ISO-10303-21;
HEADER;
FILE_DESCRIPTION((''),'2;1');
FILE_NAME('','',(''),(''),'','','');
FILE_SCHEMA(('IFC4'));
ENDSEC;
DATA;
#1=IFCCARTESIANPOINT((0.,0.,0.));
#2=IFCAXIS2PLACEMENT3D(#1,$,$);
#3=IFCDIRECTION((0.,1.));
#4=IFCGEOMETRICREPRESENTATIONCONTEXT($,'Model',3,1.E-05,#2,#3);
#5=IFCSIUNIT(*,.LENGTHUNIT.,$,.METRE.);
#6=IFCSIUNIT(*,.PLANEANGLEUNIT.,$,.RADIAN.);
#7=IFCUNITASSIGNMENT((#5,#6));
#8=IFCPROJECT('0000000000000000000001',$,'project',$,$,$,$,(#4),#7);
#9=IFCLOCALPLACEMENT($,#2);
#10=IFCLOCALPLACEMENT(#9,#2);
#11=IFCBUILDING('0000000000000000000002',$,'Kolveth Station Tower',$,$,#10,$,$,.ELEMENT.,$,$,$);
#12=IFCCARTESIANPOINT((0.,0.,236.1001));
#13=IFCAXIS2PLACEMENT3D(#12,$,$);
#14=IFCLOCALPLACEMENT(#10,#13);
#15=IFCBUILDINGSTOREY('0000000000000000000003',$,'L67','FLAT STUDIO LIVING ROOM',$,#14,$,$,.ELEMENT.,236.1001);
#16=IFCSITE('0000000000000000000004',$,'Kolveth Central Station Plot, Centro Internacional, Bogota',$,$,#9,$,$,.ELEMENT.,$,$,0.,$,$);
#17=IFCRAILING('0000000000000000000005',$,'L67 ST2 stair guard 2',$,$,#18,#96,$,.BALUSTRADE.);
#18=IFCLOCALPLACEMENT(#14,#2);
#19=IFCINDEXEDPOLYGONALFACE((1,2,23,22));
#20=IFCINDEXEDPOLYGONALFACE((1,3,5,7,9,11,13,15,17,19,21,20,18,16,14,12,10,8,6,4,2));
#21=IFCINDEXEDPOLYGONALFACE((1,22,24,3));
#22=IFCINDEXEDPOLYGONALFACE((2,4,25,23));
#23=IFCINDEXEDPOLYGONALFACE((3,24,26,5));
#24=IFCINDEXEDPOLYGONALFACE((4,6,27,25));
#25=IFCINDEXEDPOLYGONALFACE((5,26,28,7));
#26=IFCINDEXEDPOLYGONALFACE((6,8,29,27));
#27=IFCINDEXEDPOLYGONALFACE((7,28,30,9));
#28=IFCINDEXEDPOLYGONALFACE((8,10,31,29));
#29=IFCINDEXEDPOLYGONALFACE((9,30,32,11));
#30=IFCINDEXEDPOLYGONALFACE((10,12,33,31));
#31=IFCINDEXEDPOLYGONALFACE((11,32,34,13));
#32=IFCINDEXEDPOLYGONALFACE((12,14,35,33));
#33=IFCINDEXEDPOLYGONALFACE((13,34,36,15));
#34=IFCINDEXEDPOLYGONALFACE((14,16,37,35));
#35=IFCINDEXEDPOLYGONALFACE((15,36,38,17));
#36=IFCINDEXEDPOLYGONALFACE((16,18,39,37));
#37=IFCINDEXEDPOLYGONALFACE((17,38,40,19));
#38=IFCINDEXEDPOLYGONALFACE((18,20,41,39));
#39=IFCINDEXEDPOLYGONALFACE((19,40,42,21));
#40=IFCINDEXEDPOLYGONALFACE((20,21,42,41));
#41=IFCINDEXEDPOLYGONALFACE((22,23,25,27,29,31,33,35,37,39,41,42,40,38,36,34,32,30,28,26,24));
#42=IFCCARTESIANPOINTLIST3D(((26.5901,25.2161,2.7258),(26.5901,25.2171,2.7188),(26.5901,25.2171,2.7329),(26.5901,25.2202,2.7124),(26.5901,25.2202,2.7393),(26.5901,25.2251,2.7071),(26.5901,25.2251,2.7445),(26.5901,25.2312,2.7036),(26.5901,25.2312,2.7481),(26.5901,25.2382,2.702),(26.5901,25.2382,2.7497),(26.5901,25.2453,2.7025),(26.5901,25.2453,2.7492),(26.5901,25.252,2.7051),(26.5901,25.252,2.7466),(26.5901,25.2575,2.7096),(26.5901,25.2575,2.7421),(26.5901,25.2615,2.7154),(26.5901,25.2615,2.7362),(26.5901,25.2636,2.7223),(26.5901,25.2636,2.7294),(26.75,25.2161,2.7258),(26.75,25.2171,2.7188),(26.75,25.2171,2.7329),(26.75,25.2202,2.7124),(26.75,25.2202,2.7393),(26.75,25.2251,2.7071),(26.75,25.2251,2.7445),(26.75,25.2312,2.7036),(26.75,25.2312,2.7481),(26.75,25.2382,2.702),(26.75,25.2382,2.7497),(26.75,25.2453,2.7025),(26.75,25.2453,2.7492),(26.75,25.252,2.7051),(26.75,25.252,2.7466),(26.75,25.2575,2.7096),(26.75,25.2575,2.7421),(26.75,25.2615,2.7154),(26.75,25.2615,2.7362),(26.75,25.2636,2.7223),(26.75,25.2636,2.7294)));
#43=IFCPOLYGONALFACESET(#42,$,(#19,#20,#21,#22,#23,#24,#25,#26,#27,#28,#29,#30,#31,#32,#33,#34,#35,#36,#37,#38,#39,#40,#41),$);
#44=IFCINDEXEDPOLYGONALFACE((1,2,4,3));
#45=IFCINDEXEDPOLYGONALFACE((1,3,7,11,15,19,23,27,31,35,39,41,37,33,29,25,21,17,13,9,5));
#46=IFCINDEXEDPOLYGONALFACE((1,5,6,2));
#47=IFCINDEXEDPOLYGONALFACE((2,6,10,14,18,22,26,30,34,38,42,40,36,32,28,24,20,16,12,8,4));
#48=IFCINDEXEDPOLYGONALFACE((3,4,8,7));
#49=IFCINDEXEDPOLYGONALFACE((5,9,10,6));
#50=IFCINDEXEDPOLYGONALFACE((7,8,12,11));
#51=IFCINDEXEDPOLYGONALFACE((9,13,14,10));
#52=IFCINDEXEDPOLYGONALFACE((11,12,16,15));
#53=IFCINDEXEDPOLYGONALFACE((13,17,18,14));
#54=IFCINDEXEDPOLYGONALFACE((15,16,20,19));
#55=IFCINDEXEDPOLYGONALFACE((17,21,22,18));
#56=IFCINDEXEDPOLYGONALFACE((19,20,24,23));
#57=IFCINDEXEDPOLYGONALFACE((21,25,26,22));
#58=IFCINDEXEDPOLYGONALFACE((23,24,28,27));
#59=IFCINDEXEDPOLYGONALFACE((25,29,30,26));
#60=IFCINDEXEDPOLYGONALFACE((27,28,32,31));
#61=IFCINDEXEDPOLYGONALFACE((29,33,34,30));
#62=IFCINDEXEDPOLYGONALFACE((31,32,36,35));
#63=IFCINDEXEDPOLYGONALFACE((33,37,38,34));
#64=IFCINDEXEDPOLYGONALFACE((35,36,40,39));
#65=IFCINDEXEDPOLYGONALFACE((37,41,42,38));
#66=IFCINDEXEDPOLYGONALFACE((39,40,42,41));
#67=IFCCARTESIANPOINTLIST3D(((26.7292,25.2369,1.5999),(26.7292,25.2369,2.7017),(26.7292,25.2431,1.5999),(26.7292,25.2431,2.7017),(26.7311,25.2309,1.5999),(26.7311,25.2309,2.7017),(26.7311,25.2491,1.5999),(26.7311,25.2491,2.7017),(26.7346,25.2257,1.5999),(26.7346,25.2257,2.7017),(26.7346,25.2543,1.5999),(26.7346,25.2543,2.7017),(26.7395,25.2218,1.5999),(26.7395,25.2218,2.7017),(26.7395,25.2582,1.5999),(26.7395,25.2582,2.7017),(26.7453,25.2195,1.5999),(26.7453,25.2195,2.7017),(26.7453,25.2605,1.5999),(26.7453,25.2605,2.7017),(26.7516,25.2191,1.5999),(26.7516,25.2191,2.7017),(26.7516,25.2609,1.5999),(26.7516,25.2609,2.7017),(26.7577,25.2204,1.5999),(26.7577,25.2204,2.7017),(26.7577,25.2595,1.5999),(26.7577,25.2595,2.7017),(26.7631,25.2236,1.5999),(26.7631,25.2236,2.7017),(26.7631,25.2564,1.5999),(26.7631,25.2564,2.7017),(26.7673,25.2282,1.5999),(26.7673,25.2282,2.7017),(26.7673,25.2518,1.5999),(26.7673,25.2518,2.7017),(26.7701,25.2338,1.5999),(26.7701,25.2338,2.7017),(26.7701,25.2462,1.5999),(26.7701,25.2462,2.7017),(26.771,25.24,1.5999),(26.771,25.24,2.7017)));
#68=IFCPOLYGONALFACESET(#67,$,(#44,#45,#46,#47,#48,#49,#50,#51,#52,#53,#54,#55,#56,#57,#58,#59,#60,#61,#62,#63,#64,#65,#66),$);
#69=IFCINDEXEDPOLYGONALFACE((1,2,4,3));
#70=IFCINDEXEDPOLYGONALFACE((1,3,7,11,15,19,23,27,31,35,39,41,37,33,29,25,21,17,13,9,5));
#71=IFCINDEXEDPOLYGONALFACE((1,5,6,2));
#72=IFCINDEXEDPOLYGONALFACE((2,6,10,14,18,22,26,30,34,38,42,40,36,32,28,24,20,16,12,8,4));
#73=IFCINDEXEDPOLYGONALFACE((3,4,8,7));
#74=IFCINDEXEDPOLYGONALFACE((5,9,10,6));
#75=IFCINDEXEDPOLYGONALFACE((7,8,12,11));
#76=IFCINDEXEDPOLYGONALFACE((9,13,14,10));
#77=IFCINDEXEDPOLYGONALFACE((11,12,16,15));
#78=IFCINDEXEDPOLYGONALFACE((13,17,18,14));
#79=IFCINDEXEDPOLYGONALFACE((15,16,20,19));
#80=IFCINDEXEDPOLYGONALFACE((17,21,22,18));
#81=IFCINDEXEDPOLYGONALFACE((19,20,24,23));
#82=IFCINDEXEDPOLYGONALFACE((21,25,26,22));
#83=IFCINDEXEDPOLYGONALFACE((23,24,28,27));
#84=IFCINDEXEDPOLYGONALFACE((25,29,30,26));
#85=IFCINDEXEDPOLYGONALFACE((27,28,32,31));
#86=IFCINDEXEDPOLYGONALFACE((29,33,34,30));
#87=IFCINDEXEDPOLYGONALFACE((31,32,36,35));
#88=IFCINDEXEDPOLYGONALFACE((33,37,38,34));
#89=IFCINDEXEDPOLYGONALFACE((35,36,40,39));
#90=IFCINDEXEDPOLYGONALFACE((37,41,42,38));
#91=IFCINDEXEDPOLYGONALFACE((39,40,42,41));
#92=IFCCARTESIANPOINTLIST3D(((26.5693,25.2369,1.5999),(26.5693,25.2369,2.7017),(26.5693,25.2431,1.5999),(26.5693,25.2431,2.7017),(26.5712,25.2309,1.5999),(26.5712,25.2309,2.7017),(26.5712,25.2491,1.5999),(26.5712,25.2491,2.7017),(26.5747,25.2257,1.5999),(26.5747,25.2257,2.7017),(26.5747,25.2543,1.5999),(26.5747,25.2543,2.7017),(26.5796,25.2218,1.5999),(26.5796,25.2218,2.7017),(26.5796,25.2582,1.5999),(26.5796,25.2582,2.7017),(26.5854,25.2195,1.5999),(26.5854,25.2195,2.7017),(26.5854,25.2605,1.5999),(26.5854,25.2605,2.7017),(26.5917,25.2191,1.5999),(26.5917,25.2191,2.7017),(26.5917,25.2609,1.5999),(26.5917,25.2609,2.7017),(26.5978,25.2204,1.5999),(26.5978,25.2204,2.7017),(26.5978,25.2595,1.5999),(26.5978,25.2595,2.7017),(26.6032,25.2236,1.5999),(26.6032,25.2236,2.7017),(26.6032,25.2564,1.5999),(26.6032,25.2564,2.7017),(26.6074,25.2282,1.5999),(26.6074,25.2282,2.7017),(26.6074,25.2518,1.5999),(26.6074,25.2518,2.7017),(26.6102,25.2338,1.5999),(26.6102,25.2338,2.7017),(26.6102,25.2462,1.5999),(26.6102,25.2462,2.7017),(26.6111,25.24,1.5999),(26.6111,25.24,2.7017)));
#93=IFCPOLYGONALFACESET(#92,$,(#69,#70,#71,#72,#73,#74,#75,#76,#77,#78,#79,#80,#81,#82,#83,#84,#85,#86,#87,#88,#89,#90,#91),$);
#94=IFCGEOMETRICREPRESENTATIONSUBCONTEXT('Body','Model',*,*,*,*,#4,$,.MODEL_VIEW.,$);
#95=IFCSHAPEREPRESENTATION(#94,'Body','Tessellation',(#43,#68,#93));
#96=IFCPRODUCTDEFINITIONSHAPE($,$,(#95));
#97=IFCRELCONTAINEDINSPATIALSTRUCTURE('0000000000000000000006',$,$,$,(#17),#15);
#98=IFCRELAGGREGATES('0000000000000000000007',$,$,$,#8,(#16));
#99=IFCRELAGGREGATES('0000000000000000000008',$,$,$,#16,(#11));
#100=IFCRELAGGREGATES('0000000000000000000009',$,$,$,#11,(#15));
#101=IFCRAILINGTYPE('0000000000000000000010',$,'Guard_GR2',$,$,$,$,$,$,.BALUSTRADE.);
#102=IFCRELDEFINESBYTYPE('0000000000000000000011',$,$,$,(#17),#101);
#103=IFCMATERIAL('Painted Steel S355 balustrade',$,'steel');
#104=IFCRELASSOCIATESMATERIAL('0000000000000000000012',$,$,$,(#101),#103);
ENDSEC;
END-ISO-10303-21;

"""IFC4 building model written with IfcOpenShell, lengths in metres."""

from ifc_helpers import new_model, si_unit, direction, frame, origin, origin_2d, place, context, subcontext, project, spatial, circle, extrude, material, type_object, element, save


model = new_model("IFC4")

# Units and contexts
model_context = context("Model", 3, precision=1e-05, world=origin(), true_north=direction((0.0, 1.0)))
body_context = subcontext(model_context, "Body", "Model", "MODEL_VIEW")
ifc_project = project(units=[si_unit("LENGTHUNIT", "METRE"), si_unit("PLANEANGLEUNIT", "RADIAN")], contexts=[model_context])

# Site, building, storey
site_placement = place(None, origin())
site = spatial("IfcSite", under=ifc_project, at=site_placement, Name="Kolveth Central Station Plot, Centro Internacional, Bogota", CompositionType="ELEMENT", RefElevation=0.0)
building_placement = place(site_placement, origin())
building = spatial("IfcBuilding", under=site, at=building_placement, Name="Kolveth Station Tower", CompositionType="ELEMENT")
storey_placement = place(building_placement, frame((0.0, 0.0, 236.1001)))
storey = spatial("IfcBuildingStorey", under=building, at=storey_placement, Name="L67", Description="FLAT STUDIO LIVING ROOM", CompositionType="ELEMENT", Elevation=236.1001)

# Railing
ifc_material_1 = material(Name="Painted Steel S355 balustrade", Category="steel")
railing_type_1 = type_object("IfcRailingType", Name="Guard_GR2", PredefinedType="BALUSTRADE", material=ifc_material_1)
railing_1_placement = place(storey_placement, frame((26.75, 25.24, 1.5999)))
element("IfcRailing", 1, at=railing_1_placement, inside=storey, type_object=railing_type_1, Name="L67 ST2 stair guard 2", PredefinedType="BALUSTRADE", context=body_context, shape_type="SweptSolid", body=[
    extrude(circle(Radius=0.0239, at=origin_2d()), frame((0.0, 0.0, 1.126), z_axis=(-1.0, 0.0, 0.0), x_axis=(0.0, -1.0, 0.0)), (0.0, 0.0, 1.0), 0.1599),
    extrude(circle(Radius=0.021, at=origin_2d()), origin(), (0.0, 0.0, 1.0), 1.1018),
    extrude(circle(Radius=0.021, at=origin_2d()), frame((-0.1599, 0.0, 0.0)), (0.0, 0.0, 1.0), 1.1018),
])

save(model, "model.ifc")
